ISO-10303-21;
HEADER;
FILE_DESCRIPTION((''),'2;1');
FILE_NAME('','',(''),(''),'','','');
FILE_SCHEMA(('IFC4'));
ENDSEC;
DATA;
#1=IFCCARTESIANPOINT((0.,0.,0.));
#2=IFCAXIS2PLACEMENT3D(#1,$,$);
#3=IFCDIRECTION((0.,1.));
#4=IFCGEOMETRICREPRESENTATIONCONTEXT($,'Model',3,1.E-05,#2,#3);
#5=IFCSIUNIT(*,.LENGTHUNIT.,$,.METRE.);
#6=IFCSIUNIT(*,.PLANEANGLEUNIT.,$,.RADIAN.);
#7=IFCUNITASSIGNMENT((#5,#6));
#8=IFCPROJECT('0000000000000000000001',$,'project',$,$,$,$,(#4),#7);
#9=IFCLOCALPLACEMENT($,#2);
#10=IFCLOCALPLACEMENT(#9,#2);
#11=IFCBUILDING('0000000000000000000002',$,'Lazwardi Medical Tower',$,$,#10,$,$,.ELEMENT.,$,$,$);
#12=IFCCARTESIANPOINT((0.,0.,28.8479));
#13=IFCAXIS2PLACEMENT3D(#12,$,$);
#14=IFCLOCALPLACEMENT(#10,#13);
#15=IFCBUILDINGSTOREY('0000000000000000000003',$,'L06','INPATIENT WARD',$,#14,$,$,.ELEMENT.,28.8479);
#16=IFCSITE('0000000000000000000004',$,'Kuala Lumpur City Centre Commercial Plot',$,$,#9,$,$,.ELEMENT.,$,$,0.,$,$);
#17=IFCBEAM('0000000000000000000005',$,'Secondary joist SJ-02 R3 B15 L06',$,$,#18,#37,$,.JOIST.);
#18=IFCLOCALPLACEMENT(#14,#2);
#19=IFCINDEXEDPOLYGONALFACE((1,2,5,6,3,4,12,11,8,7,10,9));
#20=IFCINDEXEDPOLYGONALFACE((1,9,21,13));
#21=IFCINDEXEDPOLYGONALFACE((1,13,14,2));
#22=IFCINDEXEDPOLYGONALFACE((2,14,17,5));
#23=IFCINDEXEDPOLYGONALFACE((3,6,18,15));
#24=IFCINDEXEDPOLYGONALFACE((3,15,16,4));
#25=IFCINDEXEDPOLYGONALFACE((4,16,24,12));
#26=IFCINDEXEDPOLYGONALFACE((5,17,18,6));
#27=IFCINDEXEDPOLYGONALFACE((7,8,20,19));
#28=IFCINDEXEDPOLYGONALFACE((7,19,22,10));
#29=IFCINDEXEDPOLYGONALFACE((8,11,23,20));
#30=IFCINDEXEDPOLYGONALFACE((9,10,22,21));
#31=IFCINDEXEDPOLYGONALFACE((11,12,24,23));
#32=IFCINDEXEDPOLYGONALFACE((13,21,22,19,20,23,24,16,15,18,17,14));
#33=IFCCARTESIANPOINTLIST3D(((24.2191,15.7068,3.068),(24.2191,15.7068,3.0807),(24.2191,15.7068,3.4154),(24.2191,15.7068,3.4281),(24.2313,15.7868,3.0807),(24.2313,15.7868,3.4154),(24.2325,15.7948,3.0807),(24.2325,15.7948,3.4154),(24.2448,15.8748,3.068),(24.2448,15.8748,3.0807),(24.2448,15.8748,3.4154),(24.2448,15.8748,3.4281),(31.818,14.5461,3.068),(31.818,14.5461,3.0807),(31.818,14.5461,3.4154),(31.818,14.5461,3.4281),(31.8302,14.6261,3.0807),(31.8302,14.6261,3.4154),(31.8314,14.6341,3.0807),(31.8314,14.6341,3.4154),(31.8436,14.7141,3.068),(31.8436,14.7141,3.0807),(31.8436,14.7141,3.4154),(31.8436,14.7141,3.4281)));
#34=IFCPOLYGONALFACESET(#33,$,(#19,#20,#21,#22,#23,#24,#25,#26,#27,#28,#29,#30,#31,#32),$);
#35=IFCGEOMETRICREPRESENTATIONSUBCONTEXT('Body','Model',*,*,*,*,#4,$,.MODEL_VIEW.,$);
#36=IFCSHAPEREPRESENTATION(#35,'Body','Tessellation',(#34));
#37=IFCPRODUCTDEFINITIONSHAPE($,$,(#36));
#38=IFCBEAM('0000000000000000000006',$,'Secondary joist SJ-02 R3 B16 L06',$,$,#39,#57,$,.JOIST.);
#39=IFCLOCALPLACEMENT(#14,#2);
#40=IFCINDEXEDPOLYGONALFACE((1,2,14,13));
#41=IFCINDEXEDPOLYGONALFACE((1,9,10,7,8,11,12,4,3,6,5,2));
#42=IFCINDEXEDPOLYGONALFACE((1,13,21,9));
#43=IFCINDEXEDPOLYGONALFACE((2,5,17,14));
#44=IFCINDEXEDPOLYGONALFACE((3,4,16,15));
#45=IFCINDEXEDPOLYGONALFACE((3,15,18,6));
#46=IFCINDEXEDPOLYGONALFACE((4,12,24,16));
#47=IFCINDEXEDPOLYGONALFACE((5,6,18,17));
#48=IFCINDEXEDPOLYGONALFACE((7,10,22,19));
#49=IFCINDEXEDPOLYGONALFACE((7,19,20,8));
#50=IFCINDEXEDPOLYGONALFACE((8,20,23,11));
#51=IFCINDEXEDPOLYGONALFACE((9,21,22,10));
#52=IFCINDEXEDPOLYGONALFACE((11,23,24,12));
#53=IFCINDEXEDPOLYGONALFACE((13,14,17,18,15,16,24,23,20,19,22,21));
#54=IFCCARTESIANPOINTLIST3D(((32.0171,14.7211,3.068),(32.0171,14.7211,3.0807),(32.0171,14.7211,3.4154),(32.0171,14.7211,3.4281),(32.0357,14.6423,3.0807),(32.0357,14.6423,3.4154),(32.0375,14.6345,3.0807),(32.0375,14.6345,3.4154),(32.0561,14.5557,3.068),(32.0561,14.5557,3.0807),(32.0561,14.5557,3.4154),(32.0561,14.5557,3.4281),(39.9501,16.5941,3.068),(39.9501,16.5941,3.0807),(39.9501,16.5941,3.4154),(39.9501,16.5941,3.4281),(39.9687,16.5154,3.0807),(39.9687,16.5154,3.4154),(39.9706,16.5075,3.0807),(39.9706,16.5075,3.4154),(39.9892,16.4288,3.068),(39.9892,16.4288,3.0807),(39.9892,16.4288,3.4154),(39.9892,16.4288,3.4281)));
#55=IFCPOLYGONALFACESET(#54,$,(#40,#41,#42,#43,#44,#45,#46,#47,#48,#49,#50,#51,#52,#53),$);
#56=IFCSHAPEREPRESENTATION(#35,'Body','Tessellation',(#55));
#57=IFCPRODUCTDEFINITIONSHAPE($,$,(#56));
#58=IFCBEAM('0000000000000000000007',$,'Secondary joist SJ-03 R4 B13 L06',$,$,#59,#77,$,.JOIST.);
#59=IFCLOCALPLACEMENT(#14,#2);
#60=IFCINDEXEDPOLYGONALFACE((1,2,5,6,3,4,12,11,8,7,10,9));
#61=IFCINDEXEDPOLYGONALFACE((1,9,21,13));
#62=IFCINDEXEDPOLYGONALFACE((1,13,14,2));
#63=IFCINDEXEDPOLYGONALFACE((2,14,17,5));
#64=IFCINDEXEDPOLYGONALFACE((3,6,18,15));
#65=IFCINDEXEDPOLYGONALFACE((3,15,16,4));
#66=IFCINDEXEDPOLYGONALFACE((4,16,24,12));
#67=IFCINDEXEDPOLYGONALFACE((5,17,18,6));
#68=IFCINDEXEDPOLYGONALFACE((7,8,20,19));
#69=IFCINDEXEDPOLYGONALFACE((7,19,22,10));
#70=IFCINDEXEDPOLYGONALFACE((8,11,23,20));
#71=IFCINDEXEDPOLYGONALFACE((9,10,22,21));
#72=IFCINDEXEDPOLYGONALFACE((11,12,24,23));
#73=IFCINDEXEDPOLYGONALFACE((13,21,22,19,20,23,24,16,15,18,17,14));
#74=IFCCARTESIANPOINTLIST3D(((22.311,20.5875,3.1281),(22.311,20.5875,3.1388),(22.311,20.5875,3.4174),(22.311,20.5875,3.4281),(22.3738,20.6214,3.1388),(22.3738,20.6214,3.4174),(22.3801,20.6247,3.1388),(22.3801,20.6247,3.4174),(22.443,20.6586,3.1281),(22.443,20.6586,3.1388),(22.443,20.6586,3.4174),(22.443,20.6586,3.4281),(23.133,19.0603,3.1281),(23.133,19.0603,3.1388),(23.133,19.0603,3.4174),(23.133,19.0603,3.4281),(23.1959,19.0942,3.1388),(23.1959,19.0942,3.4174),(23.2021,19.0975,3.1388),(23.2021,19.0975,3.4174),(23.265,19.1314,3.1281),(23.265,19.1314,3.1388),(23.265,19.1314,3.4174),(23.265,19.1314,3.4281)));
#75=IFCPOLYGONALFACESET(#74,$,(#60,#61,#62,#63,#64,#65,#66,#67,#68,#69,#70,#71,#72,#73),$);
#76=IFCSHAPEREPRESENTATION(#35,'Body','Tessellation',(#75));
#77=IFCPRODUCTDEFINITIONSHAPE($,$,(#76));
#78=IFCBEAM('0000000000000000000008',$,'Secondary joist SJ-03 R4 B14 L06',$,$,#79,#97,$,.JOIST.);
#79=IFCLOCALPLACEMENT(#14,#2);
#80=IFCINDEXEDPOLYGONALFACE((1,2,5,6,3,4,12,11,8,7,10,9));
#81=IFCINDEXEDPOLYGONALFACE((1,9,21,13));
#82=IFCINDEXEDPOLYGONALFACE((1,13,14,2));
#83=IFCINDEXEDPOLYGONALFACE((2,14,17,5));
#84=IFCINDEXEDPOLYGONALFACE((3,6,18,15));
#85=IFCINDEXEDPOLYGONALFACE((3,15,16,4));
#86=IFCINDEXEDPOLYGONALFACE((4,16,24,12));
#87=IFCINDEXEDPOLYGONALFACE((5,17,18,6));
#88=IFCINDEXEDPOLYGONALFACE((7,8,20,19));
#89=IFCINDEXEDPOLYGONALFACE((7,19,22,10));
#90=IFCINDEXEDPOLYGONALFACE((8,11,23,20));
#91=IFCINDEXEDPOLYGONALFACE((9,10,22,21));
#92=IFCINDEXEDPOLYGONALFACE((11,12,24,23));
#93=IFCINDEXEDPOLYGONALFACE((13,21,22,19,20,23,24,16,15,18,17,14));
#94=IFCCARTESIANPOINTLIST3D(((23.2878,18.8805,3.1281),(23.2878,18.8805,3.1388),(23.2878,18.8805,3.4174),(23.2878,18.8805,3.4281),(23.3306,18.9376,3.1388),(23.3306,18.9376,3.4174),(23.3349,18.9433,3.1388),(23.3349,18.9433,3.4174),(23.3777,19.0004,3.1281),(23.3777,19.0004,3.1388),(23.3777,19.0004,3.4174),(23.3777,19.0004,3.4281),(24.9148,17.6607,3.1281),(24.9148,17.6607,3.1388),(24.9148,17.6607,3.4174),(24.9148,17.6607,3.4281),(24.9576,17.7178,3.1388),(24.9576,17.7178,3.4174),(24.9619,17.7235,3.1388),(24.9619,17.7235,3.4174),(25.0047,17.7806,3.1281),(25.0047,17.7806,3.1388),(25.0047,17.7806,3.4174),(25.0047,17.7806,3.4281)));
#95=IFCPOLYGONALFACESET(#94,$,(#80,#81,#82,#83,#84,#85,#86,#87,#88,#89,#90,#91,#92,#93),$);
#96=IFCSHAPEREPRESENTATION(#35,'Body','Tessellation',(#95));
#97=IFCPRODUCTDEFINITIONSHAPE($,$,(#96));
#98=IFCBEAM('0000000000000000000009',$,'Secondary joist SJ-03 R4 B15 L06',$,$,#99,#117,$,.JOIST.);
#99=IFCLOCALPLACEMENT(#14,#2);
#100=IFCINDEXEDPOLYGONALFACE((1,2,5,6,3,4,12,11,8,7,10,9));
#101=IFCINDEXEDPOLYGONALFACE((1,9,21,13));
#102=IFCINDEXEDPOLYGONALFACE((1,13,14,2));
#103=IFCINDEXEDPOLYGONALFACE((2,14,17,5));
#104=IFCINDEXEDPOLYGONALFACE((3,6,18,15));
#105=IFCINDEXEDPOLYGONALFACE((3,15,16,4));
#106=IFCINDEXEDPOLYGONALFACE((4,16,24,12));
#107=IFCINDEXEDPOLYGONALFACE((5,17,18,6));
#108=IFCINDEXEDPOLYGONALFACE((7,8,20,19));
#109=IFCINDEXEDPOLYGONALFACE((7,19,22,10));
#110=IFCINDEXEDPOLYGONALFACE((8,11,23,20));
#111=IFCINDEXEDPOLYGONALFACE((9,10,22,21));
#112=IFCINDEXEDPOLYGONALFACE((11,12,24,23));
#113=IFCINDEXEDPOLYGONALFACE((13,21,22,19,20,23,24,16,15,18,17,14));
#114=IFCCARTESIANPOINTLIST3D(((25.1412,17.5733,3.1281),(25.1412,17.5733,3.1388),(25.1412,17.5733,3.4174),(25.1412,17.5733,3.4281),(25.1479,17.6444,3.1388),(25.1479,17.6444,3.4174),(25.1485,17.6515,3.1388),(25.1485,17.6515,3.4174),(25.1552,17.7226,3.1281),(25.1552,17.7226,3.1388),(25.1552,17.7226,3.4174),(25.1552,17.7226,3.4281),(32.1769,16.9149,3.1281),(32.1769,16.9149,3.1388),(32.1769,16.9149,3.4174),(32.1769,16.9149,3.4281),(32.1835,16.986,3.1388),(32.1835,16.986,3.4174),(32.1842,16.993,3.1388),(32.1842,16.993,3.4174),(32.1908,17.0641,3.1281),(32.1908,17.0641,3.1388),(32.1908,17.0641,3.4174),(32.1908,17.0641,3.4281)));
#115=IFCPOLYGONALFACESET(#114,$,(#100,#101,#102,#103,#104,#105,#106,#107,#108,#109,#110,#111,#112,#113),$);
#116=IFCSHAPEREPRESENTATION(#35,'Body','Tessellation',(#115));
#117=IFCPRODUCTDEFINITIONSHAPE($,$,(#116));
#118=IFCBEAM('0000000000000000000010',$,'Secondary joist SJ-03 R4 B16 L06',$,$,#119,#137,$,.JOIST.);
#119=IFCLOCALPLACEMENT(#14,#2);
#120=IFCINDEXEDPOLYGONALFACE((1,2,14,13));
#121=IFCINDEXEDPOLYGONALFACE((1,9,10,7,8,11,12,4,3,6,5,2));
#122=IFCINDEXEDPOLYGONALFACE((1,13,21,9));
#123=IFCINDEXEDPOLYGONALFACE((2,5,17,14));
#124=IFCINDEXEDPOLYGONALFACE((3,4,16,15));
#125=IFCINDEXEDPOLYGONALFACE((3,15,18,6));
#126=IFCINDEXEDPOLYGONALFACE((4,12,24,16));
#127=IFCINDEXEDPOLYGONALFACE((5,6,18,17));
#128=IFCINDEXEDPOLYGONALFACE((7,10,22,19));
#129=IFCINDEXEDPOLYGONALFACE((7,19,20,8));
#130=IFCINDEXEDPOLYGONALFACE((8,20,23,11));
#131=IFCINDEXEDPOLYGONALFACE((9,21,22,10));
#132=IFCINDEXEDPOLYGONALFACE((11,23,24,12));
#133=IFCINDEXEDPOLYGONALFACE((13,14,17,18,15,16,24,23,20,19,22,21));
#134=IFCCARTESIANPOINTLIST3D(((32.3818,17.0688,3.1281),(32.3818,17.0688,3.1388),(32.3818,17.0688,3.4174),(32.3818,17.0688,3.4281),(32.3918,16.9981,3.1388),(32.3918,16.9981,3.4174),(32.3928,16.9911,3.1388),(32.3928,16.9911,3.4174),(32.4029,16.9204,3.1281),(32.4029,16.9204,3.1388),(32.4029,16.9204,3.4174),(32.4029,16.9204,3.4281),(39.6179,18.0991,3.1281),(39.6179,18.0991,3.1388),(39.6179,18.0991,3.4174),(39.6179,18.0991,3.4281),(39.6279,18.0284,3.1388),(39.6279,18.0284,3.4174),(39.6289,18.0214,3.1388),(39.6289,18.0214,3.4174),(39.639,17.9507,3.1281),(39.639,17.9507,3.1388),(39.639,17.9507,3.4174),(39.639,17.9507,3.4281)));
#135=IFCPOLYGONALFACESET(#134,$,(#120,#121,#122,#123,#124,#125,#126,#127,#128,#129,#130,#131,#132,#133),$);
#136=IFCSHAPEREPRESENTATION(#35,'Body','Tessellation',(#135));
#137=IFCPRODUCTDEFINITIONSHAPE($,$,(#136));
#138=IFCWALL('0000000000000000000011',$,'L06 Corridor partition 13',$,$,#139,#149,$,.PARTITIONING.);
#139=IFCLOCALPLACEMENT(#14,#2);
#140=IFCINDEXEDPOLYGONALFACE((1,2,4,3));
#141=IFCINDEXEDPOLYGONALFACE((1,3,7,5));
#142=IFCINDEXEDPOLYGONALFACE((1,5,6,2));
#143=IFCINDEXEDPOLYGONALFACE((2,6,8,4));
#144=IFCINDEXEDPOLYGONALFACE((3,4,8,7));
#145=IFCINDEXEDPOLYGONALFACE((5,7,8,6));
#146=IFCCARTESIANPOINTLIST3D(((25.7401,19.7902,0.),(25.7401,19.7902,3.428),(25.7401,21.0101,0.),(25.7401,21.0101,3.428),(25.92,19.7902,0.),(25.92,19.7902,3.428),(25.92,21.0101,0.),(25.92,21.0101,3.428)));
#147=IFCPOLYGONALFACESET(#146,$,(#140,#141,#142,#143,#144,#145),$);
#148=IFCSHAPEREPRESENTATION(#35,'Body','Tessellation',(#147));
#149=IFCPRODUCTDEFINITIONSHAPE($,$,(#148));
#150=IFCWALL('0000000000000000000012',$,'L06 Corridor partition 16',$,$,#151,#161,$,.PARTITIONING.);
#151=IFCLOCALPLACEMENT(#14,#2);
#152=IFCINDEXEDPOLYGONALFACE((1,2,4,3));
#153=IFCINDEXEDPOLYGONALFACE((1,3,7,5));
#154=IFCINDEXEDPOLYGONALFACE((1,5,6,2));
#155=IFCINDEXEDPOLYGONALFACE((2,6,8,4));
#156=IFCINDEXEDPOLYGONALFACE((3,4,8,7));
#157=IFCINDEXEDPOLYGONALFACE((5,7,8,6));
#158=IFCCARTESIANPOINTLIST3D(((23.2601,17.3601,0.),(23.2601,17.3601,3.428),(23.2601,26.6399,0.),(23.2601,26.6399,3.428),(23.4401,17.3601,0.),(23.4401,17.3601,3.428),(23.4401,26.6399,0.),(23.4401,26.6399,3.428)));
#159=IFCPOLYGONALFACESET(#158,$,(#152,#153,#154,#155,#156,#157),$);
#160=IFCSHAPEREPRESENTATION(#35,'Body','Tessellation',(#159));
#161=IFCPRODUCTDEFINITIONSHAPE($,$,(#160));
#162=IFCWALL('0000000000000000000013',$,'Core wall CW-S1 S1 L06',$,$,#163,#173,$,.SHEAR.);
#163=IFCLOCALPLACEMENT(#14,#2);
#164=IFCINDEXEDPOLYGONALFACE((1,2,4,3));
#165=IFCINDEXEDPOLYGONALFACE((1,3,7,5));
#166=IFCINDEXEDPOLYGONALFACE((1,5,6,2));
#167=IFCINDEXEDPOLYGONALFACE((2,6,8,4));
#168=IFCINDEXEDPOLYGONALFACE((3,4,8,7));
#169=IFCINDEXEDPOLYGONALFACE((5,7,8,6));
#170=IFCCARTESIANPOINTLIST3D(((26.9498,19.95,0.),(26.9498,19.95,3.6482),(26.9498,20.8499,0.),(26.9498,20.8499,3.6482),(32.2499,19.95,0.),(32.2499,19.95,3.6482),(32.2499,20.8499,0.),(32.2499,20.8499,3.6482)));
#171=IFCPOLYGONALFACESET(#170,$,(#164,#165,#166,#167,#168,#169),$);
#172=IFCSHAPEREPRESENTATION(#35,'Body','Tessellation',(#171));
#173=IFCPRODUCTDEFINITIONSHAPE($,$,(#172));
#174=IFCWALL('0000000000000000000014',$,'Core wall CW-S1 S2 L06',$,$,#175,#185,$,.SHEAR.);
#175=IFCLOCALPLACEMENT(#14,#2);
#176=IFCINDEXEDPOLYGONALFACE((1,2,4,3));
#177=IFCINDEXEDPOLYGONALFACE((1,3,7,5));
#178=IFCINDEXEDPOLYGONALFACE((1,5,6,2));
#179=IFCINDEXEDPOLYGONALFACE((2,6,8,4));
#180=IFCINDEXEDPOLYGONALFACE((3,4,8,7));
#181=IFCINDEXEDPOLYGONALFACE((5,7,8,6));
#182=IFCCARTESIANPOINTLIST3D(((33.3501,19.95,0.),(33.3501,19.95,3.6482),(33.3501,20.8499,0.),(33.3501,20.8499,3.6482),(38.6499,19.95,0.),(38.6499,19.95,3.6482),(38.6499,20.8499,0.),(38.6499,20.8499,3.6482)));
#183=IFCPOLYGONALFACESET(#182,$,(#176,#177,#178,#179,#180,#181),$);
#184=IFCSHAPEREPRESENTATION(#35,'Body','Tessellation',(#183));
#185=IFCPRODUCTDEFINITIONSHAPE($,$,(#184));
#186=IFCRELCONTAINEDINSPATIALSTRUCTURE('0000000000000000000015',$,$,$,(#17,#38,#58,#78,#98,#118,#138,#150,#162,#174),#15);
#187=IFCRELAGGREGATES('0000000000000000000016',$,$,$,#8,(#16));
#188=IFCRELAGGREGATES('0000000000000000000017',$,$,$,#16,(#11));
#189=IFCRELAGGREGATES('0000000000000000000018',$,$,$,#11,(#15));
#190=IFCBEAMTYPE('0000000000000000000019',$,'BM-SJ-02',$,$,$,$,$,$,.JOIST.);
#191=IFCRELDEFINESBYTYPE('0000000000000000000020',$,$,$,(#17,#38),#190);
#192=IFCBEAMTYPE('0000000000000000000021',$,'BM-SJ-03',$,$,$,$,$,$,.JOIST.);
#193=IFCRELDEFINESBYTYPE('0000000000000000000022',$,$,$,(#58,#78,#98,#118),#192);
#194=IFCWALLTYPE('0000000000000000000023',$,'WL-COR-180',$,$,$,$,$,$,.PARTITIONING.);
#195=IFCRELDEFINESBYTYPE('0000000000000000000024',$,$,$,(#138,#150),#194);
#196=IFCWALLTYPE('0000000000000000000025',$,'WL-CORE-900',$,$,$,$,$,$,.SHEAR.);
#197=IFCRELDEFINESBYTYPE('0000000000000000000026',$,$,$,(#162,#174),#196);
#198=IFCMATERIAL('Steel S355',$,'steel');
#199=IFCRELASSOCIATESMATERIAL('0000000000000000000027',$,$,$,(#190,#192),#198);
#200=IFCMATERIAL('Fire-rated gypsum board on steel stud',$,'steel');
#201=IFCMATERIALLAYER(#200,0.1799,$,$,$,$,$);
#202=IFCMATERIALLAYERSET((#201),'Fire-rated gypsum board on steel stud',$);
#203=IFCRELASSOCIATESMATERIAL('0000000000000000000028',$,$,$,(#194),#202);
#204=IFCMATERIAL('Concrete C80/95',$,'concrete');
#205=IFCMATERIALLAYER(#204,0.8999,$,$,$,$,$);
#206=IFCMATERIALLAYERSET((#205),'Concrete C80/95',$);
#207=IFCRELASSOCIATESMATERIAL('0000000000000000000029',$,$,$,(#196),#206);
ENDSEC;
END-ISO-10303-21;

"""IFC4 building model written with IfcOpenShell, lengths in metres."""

from ifc_helpers import new_model, si_unit, direction, frame, frame_2d, origin, origin_2d, place, context, subcontext, project, spatial, rectangle, i_section, extrude, material, layer, layer_set, material_profile, profile_set, type_object, element, save


model = new_model("IFC4")

# Units and contexts
model_context = context("Model", 3, precision=1e-05, world=origin(), true_north=direction((0.0, 1.0)))
body_context = subcontext(model_context, "Body", "Model", "MODEL_VIEW")
ifc_project = project(units=[si_unit("LENGTHUNIT", "METRE"), si_unit("PLANEANGLEUNIT", "RADIAN")], contexts=[model_context])

# Site, building, storey
site_placement = place(None, origin())
site = spatial("IfcSite", under=ifc_project, at=site_placement, Name="Kuala Lumpur City Centre Commercial Plot", CompositionType="ELEMENT", RefElevation=0.0)
building_placement = place(site_placement, origin())
building = spatial("IfcBuilding", under=site, at=building_placement, Name="Lazwardi Medical Tower", CompositionType="ELEMENT")
storey_placement = place(building_placement, frame((0.0, 0.0, 28.8479)))
storey = spatial("IfcBuildingStorey", under=building, at=storey_placement, Name="L06", Description="INPATIENT WARD", CompositionType="ELEMENT", Elevation=28.8479)

# Shared definitions
ifc_material_1 = material(Name="Concrete C80/95", Category="concrete")

# Beams
ifc_material_2 = material(Name="Steel S355", Category="steel")
ifc_material_profile_1 = material_profile(ifc_material_2, i_section(OverallWidth=0.1699, OverallDepth=0.3601, WebThickness=0.0081, FlangeThickness=0.0127, at=origin_2d()), Name="IPE 360")
ifc_profile_set_1 = profile_set([ifc_material_profile_1], Name="Steel S355")
beam_type_1 = type_object("IfcBeamType", Name="BM-SJ-02", PredefinedType="JOIST", material=ifc_profile_set_1)
beam_1_placement = place(storey_placement, frame((24.2319, 15.7908, 3.248), z_axis=(0.988536, -0.150988, 0.0), x_axis=(0.150988, 0.988536, 0.0)))
element("IfcBeam", 1, at=beam_1_placement, inside=storey, type_object=beam_type_1, Name="Secondary joist SJ-02 R3 B15 L06", PredefinedType="JOIST", context=body_context, shape_type="SweptSolid", body=[
    extrude(i_section(OverallWidth=0.1699, OverallDepth=0.3601, WebThickness=0.0081, FlangeThickness=0.0127, at=origin_2d()), origin(), (0.0, 0.0, 1.0), 7.687),
])
beam_2_placement = place(storey_placement, frame((32.0366, 14.6384, 3.248), z_axis=(0.973241, 0.229787, 0.0), x_axis=(-0.229787, 0.973241, 0.0)))
element("IfcBeam", 2, at=beam_2_placement, inside=storey, type_object=beam_type_1, Name="Secondary joist SJ-02 R3 B16 L06", PredefinedType="JOIST", context=body_context, shape_type="SweptSolid", body=[
    extrude(i_section(OverallWidth=0.1699, OverallDepth=0.3601, WebThickness=0.0081, FlangeThickness=0.0127, at=origin_2d()), origin(), (0.0, 0.0, 1.0), 8.1511),
])
ifc_material_profile_2 = material_profile(ifc_material_2, i_section(OverallWidth=0.1499, OverallDepth=0.3, WebThickness=0.0071, FlangeThickness=0.0107, at=origin_2d()), Name="IPE 300")
ifc_profile_set_2 = profile_set([ifc_material_profile_2], Name="Steel S355")
beam_type_2 = type_object("IfcBeamType", Name="BM-SJ-03", PredefinedType="JOIST", material=ifc_profile_set_2)
beam_3_placement = place(storey_placement, frame((22.377, 20.623, 3.2781), z_axis=(0.473982, -0.880534, 0.0), x_axis=(0.880534, 0.473982, 0.0)))
element("IfcBeam", 3, at=beam_3_placement, inside=storey, type_object=beam_type_2, Name="Secondary joist SJ-03 R4 B13 L06", PredefinedType="JOIST", context=body_context, shape_type="SweptSolid", body=[
    extrude(i_section(OverallWidth=0.1499, OverallDepth=0.3, WebThickness=0.0071, FlangeThickness=0.0107, at=origin_2d()), origin(), (0.0, 0.0, 1.0), 1.7344),
])
beam_4_placement = place(storey_placement, frame((23.3328, 18.9404, 3.2781), z_axis=(0.800115, -0.599846, 0.0), x_axis=(0.599846, 0.800115, 0.0)))
element("IfcBeam", 4, at=beam_4_placement, inside=storey, type_object=beam_type_2, Name="Secondary joist SJ-03 R4 B14 L06", PredefinedType="JOIST", context=body_context, shape_type="SweptSolid", body=[
    extrude(i_section(OverallWidth=0.1499, OverallDepth=0.3, WebThickness=0.0071, FlangeThickness=0.0107, at=origin_2d()), origin(), (0.0, 0.0, 1.0), 2.0334),
])
beam_5_placement = place(storey_placement, frame((25.1482, 17.6479, 3.2781), z_axis=(0.995649, -0.09318, 0.0), x_axis=(0.09318, 0.995649, 0.0)))
element("IfcBeam", 5, at=beam_5_placement, inside=storey, type_object=beam_type_2, Name="Secondary joist SJ-03 R4 B15 L06", PredefinedType="JOIST", context=body_context, shape_type="SweptSolid", body=[
    extrude(i_section(OverallWidth=0.1499, OverallDepth=0.3, WebThickness=0.0071, FlangeThickness=0.0107, at=origin_2d()), origin(), (0.0, 0.0, 1.0), 7.0664),
])
beam_6_placement = place(storey_placement, frame((32.3923, 16.9946, 3.2781), z_axis=(0.990016, 0.140958, 0.0), x_axis=(-0.140958, 0.990016, 0.0)))
element("IfcBeam", 6, at=beam_6_placement, inside=storey, type_object=beam_type_2, Name="Secondary joist SJ-03 R4 B16 L06", PredefinedType="JOIST", context=body_context, shape_type="SweptSolid", body=[
    extrude(i_section(OverallWidth=0.1499, OverallDepth=0.3, WebThickness=0.0071, FlangeThickness=0.0107, at=origin_2d()), origin(), (0.0, 0.0, 1.0), 7.3091),
])

# Walls
ifc_material_3 = material(Name="Fire-rated gypsum board on steel stud", Category="steel")
ifc_layer_1 = layer(ifc_material_3, 0.1799)
ifc_layer_set_1 = layer_set([ifc_layer_1], Name="Fire-rated gypsum board on steel stud")
wall_type_1 = type_object("IfcWallType", Name="WL-COR-180", PredefinedType="PARTITIONING", material=ifc_layer_set_1)
wall_1_placement = place(storey_placement, frame((25.8301, 21.01, 0.0), z_axis=(0.0, 0.0, 1.0), x_axis=(0.0, -1.0, 0.0)))
element("IfcWall", 7, at=wall_1_placement, inside=storey, type_object=wall_type_1, Name="L06 Corridor partition 13", PredefinedType="PARTITIONING", context=body_context, shape_type="SweptSolid", body=[
    extrude(rectangle(XDim=1.22, YDim=0.1799, at=frame_2d((0.6099, 0.0))), origin(), (0.0, 0.0, 1.0), 3.428),
])
wall_2_placement = place(storey_placement, frame((23.3501, 17.3601, 0.0), z_axis=(0.0, 0.0, 1.0), x_axis=(0.0, 1.0, 0.0)))
element("IfcWall", 8, at=wall_2_placement, inside=storey, type_object=wall_type_1, Name="L06 Corridor partition 16", PredefinedType="PARTITIONING", context=body_context, shape_type="SweptSolid", body=[
    extrude(rectangle(XDim=9.2798, YDim=0.1799, at=frame_2d((4.6399, 0.0))), origin(), (0.0, 0.0, 1.0), 3.428),
])

# Shared definitions
ifc_layer_2 = layer(ifc_material_1, 0.8999)
ifc_layer_set_2 = layer_set([ifc_layer_2], Name="Concrete C80/95")
wall_type_2 = type_object("IfcWallType", Name="WL-CORE-900", PredefinedType="SHEAR", material=ifc_layer_set_2)

# Walls
wall_3_placement = place(storey_placement, frame((26.95, 20.3999, 0.0), z_axis=(0.0, 0.0, 1.0), x_axis=(1.0, 0.0, 0.0)))
element("IfcWall", 9, at=wall_3_placement, inside=storey, type_object=wall_type_2, Name="Core wall CW-S1 S1 L06", PredefinedType="SHEAR", context=body_context, shape_type="SweptSolid", body=[
    extrude(rectangle(XDim=5.3, YDim=0.8999, at=frame_2d((2.6499, 0.0))), origin(), (0.0, 0.0, 1.0), 3.6482),
])
wall_4_placement = place(storey_placement, frame((33.3501, 20.3999, 0.0), z_axis=(0.0, 0.0, 1.0), x_axis=(1.0, 0.0, 0.0)))
element("IfcWall", 10, at=wall_4_placement, inside=storey, type_object=wall_type_2, Name="Core wall CW-S1 S2 L06", PredefinedType="SHEAR", context=body_context, shape_type="SweptSolid", body=[
    extrude(rectangle(XDim=5.2998, YDim=0.8999, at=frame_2d((2.6499, 0.0))), origin(), (0.0, 0.0, 1.0), 3.6482),
])

save(model, "model.ifc")
